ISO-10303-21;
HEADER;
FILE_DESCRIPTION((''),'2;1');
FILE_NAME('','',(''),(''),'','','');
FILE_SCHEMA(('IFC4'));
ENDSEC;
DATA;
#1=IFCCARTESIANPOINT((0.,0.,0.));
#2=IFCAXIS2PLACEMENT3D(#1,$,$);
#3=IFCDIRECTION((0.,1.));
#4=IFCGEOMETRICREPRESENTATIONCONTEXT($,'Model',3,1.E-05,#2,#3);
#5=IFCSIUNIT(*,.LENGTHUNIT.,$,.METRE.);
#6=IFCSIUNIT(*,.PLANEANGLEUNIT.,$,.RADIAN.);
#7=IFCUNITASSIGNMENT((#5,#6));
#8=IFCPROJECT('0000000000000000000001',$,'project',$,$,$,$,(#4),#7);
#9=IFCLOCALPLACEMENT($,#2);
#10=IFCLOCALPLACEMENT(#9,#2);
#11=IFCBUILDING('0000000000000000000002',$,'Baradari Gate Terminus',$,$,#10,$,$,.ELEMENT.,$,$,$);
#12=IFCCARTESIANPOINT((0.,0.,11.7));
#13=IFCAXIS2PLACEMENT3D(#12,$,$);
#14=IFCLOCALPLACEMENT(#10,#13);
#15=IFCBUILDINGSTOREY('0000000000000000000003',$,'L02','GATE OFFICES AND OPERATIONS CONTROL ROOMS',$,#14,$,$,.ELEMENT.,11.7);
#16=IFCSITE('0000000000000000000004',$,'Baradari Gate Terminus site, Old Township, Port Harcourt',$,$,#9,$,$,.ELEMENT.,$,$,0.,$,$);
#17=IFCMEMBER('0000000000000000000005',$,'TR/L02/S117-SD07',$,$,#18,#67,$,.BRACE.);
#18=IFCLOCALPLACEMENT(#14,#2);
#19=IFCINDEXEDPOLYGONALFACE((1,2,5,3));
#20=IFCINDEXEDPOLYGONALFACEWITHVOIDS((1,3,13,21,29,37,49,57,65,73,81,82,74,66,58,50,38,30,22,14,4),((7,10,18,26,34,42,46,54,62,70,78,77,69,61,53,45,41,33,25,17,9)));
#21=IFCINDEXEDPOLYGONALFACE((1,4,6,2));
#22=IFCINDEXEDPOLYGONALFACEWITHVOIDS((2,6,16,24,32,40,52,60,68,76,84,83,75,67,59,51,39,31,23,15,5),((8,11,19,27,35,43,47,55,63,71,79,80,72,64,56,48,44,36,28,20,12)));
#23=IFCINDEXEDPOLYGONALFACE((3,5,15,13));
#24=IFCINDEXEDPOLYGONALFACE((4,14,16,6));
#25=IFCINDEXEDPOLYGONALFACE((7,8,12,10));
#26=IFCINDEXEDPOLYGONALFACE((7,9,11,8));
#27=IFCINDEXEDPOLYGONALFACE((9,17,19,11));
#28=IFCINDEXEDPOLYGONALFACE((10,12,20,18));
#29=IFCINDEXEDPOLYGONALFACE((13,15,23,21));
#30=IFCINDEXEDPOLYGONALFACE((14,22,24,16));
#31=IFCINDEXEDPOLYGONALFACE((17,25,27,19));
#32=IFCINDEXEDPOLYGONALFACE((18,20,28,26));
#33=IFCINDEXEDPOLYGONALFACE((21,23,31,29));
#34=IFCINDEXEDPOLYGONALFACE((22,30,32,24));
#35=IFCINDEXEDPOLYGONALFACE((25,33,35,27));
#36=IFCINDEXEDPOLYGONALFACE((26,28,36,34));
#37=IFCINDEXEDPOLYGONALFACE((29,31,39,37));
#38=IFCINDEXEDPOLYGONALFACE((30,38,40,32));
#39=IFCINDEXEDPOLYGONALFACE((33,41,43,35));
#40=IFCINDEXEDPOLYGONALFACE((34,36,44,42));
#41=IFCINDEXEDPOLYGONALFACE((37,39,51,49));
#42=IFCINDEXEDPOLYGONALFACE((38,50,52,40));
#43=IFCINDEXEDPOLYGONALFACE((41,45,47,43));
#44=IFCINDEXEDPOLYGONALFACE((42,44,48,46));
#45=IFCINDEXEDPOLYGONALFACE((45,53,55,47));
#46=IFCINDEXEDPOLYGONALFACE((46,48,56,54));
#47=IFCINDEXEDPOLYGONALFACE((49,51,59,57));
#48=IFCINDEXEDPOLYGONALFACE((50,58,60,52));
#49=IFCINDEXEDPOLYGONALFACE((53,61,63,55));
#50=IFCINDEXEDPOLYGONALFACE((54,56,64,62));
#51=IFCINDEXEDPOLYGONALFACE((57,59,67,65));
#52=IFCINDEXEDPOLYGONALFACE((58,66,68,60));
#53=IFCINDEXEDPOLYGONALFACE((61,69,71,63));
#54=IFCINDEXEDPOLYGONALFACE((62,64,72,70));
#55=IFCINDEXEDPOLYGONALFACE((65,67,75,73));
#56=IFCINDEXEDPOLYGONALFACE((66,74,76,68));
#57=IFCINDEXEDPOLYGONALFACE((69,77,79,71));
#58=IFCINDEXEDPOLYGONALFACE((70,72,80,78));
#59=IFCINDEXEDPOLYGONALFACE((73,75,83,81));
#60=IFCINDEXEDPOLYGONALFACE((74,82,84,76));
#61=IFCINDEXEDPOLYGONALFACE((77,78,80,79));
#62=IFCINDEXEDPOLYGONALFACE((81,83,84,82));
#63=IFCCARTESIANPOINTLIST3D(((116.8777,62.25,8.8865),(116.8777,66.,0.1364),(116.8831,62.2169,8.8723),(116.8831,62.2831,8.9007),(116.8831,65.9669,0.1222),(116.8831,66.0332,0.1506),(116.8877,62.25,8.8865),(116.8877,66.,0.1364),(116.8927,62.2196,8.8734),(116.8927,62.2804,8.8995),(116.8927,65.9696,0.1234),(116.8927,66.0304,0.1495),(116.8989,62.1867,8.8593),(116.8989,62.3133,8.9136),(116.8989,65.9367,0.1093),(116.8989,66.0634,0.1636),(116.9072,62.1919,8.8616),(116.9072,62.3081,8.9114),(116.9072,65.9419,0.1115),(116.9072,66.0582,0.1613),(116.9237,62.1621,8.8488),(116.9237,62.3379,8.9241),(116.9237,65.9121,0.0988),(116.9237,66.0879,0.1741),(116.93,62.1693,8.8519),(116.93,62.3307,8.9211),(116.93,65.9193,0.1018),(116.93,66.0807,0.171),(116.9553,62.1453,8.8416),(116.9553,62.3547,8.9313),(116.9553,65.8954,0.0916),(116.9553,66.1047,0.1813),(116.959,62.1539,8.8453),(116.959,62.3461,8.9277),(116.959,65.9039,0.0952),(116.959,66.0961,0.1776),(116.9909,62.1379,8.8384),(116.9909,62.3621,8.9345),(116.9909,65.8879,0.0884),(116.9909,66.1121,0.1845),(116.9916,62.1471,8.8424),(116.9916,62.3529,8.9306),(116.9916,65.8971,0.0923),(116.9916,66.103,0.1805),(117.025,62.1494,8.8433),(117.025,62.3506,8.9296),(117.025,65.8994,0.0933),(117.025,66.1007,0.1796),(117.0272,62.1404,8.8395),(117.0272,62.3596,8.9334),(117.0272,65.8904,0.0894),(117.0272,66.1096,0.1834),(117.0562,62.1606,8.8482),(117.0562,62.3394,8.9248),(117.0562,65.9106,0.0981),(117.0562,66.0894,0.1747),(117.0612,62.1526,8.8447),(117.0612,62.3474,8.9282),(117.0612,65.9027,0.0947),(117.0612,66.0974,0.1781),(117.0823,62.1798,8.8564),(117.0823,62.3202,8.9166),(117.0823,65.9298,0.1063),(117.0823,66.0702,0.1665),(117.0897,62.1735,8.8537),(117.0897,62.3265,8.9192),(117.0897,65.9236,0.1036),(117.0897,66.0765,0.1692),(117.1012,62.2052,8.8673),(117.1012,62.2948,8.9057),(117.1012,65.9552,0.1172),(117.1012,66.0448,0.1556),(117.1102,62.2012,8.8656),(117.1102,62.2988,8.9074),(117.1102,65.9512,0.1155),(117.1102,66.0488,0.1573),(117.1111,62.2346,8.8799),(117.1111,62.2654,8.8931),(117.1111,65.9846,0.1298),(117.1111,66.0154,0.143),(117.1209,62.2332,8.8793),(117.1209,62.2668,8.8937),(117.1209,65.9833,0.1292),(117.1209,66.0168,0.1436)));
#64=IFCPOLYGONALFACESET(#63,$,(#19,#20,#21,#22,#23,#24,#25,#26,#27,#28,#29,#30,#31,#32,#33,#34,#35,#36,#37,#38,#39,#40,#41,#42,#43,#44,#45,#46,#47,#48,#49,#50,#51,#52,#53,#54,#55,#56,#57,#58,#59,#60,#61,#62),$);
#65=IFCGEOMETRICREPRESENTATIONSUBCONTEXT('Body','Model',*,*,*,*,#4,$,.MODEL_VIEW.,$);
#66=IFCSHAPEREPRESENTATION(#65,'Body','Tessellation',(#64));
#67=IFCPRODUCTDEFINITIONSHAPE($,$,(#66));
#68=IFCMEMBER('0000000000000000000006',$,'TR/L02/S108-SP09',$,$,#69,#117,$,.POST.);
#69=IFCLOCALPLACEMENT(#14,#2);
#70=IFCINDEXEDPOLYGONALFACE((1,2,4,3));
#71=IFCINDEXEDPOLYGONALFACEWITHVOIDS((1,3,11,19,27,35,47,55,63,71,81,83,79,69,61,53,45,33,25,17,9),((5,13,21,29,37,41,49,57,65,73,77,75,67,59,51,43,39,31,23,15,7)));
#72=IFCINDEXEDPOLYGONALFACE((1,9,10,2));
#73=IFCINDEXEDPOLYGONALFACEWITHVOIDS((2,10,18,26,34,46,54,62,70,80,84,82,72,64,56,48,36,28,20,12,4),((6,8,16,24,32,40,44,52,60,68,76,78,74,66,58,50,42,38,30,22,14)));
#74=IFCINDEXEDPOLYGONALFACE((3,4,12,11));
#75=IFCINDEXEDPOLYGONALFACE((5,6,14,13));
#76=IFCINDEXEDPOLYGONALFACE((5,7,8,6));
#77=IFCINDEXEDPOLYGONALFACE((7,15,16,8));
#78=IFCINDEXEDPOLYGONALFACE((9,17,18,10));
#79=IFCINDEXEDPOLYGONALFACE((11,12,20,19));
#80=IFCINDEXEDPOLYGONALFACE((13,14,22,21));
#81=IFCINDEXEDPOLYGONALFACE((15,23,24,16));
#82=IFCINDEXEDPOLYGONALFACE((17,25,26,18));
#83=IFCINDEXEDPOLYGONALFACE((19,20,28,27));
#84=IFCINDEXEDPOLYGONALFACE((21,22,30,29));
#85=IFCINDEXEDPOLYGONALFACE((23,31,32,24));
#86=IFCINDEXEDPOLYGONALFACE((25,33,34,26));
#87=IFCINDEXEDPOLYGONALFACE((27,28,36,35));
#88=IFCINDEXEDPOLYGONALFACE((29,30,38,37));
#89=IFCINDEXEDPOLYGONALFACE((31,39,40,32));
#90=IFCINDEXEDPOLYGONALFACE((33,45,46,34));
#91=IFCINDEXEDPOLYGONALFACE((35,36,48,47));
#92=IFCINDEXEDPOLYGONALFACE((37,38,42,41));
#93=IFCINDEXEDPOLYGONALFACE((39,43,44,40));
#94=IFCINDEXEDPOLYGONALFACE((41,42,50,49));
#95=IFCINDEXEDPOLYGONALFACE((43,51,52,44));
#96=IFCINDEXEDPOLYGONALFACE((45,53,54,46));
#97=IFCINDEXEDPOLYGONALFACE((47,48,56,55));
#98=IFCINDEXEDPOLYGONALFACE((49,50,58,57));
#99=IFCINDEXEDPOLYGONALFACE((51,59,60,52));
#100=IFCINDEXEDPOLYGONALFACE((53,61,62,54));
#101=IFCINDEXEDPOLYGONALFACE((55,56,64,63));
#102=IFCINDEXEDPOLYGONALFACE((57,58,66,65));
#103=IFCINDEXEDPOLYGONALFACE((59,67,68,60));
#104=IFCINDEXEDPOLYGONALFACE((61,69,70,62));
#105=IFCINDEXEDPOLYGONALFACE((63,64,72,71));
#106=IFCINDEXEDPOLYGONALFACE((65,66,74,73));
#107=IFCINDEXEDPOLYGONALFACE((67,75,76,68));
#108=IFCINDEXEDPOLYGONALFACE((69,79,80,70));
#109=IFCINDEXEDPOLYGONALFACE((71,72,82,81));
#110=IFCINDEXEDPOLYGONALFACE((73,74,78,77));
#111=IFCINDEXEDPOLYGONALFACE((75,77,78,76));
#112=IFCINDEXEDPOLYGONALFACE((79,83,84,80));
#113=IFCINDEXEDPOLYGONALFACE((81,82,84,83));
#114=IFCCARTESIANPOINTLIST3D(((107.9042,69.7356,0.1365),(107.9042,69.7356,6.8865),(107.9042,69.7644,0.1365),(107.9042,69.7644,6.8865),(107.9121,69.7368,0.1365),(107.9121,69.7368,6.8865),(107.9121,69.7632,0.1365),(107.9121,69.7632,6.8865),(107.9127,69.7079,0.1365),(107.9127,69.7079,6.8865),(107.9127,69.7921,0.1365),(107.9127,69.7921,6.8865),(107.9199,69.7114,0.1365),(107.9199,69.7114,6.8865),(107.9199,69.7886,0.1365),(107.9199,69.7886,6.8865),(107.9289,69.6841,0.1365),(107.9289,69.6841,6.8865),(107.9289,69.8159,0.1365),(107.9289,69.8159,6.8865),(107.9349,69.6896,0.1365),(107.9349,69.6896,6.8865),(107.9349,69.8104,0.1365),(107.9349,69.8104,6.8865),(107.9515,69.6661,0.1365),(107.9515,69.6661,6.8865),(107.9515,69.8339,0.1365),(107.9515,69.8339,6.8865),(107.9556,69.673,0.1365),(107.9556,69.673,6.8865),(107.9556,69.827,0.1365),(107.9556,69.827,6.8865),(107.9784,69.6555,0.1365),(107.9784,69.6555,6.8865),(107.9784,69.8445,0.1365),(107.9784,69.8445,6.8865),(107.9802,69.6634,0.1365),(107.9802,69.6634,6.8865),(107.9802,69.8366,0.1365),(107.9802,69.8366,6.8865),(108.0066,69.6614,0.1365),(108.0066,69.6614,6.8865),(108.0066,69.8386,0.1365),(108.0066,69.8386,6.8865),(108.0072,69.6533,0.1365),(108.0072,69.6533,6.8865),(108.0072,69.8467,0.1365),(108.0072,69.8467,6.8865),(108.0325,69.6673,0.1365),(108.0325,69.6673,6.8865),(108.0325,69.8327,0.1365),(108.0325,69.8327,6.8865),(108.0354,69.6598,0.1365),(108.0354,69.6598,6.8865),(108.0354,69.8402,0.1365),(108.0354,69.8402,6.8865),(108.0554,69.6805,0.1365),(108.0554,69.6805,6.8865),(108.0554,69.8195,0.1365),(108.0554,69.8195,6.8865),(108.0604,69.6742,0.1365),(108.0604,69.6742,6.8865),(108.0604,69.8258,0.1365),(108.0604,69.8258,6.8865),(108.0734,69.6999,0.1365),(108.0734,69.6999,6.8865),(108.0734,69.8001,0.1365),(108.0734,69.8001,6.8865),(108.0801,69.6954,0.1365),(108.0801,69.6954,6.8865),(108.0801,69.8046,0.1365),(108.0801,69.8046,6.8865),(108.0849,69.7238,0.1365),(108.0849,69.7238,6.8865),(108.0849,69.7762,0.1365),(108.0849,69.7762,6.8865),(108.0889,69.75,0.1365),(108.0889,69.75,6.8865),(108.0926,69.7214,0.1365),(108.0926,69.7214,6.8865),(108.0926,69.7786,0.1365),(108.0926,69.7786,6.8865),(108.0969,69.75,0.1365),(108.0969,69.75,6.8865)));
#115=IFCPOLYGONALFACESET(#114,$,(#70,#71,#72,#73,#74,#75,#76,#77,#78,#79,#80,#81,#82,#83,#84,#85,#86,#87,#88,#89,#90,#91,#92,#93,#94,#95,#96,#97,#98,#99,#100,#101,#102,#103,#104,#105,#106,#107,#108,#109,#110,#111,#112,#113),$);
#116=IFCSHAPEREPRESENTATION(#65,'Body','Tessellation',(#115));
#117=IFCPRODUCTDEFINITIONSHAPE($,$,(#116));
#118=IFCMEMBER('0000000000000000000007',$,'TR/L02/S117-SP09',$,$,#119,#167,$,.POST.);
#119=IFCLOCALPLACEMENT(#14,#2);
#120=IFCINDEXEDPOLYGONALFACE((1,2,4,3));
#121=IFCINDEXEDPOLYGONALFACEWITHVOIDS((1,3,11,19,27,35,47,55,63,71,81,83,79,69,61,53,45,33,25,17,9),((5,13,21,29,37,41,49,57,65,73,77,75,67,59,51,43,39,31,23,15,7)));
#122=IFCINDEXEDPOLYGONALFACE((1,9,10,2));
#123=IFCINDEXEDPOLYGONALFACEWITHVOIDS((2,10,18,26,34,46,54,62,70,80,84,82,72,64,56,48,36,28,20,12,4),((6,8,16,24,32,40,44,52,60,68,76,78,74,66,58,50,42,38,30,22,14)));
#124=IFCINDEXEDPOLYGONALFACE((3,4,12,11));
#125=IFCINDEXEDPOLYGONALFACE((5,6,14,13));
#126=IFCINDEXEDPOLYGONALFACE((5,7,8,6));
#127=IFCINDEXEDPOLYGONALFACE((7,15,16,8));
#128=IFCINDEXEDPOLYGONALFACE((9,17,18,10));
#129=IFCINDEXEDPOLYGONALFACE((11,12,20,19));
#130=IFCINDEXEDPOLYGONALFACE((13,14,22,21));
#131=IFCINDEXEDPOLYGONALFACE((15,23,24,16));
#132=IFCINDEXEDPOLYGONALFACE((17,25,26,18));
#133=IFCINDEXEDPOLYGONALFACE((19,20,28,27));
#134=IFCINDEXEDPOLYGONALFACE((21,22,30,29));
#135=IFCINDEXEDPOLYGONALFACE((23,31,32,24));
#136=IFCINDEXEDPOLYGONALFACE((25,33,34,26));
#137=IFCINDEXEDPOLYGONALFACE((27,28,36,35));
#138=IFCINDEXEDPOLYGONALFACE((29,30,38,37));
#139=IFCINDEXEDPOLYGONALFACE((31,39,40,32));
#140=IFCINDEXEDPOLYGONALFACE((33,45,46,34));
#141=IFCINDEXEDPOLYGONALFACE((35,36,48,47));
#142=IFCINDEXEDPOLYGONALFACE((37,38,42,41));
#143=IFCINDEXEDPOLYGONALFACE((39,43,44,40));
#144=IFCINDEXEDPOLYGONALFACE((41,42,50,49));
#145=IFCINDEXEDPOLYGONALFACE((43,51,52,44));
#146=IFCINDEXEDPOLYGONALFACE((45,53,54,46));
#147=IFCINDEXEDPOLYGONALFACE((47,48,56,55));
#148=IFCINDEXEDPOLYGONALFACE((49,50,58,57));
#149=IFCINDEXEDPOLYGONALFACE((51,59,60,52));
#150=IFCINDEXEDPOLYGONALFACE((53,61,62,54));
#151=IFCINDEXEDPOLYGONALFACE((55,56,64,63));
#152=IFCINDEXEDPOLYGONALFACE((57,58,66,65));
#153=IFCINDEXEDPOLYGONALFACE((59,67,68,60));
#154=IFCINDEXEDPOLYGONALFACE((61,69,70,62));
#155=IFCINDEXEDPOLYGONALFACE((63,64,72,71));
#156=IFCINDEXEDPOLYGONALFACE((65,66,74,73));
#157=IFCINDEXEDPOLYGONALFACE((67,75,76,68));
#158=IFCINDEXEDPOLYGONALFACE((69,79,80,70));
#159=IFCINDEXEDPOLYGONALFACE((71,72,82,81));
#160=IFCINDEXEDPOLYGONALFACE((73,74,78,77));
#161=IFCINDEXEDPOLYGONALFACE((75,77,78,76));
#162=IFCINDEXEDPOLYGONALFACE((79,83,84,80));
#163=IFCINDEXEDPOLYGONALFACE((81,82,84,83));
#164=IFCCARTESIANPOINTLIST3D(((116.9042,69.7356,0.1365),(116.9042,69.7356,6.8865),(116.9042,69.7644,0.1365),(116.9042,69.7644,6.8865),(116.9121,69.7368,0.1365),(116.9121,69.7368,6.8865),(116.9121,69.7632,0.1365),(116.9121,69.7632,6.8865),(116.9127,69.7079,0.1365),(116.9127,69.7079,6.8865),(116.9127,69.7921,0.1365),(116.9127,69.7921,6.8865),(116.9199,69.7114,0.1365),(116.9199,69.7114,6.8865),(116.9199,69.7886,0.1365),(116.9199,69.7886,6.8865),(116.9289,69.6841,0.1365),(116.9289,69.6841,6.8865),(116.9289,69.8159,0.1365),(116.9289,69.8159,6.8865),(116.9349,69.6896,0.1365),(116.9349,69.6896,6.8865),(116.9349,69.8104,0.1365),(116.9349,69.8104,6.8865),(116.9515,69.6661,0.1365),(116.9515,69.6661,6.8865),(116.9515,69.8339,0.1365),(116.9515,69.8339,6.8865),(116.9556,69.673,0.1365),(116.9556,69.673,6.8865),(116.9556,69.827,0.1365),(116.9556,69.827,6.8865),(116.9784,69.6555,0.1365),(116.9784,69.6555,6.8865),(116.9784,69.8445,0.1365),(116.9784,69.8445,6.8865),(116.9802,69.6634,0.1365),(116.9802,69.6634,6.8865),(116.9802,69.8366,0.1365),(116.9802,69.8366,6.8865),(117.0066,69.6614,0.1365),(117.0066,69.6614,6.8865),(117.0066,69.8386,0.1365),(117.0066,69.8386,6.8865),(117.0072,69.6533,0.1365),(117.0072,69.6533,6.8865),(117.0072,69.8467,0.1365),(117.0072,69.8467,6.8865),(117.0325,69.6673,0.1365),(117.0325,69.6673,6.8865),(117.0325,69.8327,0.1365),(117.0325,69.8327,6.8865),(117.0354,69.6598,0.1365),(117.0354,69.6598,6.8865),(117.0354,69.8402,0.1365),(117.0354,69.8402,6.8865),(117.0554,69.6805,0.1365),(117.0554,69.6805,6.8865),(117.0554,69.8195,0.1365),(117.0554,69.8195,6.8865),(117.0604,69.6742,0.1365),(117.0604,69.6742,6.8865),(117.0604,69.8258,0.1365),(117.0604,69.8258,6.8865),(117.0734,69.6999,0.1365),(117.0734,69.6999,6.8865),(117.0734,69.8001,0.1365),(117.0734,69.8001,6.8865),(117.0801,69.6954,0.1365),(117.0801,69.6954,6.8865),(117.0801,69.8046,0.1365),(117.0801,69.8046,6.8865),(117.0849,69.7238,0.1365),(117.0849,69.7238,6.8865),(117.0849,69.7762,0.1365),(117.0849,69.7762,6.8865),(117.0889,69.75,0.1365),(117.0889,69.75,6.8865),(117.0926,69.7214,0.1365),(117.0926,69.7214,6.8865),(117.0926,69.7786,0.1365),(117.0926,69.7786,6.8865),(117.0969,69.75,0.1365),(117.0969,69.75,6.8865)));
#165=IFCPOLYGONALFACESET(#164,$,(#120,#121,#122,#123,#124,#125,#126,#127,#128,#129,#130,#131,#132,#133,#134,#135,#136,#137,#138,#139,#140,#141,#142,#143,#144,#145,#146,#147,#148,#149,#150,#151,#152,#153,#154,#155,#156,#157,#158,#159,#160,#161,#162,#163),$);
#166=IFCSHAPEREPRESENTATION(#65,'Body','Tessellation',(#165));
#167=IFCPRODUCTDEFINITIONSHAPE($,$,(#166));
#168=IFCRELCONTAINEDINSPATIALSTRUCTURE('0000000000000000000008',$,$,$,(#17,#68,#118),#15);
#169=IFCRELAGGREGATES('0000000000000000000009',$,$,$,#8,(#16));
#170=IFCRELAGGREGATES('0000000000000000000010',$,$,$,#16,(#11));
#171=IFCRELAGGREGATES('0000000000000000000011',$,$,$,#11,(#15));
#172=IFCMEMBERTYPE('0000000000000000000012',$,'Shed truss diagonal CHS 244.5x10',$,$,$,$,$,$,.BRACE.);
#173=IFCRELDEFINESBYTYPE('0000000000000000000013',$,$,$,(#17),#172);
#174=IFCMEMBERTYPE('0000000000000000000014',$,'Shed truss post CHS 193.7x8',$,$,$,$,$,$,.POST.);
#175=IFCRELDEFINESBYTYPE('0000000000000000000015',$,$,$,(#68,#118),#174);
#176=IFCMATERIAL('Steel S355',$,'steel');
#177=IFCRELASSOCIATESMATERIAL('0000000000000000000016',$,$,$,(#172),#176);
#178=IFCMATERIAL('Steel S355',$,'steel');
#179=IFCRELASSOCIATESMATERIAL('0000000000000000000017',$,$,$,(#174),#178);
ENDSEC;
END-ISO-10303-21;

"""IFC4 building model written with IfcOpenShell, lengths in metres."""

from ifc_helpers import new_model, si_unit, direction, frame, origin, origin_2d, place, context, subcontext, project, spatial, hollow_circle, extrude, material, material_profile, profile_set, type_object, element, save


model = new_model("IFC4")

# Units and contexts
model_context = context("Model", 3, precision=1e-05, world=origin(), true_north=direction((0.0, 1.0)))
body_context = subcontext(model_context, "Body", "Model", "MODEL_VIEW")
ifc_project = project(units=[si_unit("LENGTHUNIT", "METRE"), si_unit("PLANEANGLEUNIT", "RADIAN")], contexts=[model_context])

# Site, building, storey
site_placement = place(None, origin())
site = spatial("IfcSite", under=ifc_project, at=site_placement, Name="Baradari Gate Terminus site, Old Township, Port Harcourt", CompositionType="ELEMENT", RefElevation=0.0)
building_placement = place(site_placement, origin())
building = spatial("IfcBuilding", under=site, at=building_placement, Name="Baradari Gate Terminus", CompositionType="ELEMENT")
storey_placement = place(building_placement, frame((0.0, 0.0, 11.7)))
storey = spatial("IfcBuildingStorey", under=building, at=storey_placement, Name="L02", Description="GATE OFFICES AND OPERATIONS CONTROL ROOMS", CompositionType="ELEMENT", Elevation=11.7)

# Members
ifc_material_1 = material(Name="Steel S355", Category="steel")
ifc_material_profile_1 = material_profile(ifc_material_1, hollow_circle(Radius=0.1223, WallThickness=0.01, at=origin_2d()), Name="CHS 244.5x10")
ifc_profile_set_1 = profile_set([ifc_material_profile_1], Name="Steel S355")
member_type_1 = type_object("IfcMemberType", Name="Shed truss diagonal CHS 244.5x10", PredefinedType="BRACE", material=ifc_profile_set_1)
for number, where, z_axis, x_axis, name in (
    (1, (117.0, 62.25, 8.8865), (0.0, 0.393919, -0.919145), (-1.0, 0.0, 0.0), "TR/L02/S117-SD07"),
):
    element("IfcMember", number, at=place(storey_placement, frame(where, z_axis=z_axis, x_axis=x_axis)), inside=storey, type_object=member_type_1, Name=name, PredefinedType="BRACE", context=body_context, shape_type="SweptSolid", body=[
        extrude(hollow_circle(Radius=0.1223, WallThickness=0.01, at=origin_2d()), origin(), (0.0, 0.0, 1.0), 9.5198),
    ])
ifc_material_2 = material(Name="Steel S355", Category="steel")
ifc_material_profile_2 = material_profile(ifc_material_2, hollow_circle(Radius=0.0969, WallThickness=0.0081, at=origin_2d()), Name="CHS 193.7x8")
ifc_profile_set_2 = profile_set([ifc_material_profile_2], Name="Steel S355")
member_type_2 = type_object("IfcMemberType", Name="Shed truss post CHS 193.7x8", PredefinedType="POST", material=ifc_profile_set_2)
for number, where, z_axis, x_axis, name in (
    (2, (108.0, 69.75, 0.1365), (0.0, 0.0, 1.0), (1.0, 0.0, 0.0), "TR/L02/S108-SP09"),
    (3, (117.0, 69.75, 0.1365), (0.0, 0.0, 1.0), (1.0, 0.0, 0.0), "TR/L02/S117-SP09"),
):
    element("IfcMember", number, at=place(storey_placement, frame(where, z_axis=z_axis, x_axis=x_axis)), inside=storey, type_object=member_type_2, Name=name, PredefinedType="POST", context=body_context, shape_type="SweptSolid", body=[
        extrude(hollow_circle(Radius=0.0969, WallThickness=0.0081, at=origin_2d()), origin(), (0.0, 0.0, 1.0), 6.75),
    ])

save(model, "model.ifc")
